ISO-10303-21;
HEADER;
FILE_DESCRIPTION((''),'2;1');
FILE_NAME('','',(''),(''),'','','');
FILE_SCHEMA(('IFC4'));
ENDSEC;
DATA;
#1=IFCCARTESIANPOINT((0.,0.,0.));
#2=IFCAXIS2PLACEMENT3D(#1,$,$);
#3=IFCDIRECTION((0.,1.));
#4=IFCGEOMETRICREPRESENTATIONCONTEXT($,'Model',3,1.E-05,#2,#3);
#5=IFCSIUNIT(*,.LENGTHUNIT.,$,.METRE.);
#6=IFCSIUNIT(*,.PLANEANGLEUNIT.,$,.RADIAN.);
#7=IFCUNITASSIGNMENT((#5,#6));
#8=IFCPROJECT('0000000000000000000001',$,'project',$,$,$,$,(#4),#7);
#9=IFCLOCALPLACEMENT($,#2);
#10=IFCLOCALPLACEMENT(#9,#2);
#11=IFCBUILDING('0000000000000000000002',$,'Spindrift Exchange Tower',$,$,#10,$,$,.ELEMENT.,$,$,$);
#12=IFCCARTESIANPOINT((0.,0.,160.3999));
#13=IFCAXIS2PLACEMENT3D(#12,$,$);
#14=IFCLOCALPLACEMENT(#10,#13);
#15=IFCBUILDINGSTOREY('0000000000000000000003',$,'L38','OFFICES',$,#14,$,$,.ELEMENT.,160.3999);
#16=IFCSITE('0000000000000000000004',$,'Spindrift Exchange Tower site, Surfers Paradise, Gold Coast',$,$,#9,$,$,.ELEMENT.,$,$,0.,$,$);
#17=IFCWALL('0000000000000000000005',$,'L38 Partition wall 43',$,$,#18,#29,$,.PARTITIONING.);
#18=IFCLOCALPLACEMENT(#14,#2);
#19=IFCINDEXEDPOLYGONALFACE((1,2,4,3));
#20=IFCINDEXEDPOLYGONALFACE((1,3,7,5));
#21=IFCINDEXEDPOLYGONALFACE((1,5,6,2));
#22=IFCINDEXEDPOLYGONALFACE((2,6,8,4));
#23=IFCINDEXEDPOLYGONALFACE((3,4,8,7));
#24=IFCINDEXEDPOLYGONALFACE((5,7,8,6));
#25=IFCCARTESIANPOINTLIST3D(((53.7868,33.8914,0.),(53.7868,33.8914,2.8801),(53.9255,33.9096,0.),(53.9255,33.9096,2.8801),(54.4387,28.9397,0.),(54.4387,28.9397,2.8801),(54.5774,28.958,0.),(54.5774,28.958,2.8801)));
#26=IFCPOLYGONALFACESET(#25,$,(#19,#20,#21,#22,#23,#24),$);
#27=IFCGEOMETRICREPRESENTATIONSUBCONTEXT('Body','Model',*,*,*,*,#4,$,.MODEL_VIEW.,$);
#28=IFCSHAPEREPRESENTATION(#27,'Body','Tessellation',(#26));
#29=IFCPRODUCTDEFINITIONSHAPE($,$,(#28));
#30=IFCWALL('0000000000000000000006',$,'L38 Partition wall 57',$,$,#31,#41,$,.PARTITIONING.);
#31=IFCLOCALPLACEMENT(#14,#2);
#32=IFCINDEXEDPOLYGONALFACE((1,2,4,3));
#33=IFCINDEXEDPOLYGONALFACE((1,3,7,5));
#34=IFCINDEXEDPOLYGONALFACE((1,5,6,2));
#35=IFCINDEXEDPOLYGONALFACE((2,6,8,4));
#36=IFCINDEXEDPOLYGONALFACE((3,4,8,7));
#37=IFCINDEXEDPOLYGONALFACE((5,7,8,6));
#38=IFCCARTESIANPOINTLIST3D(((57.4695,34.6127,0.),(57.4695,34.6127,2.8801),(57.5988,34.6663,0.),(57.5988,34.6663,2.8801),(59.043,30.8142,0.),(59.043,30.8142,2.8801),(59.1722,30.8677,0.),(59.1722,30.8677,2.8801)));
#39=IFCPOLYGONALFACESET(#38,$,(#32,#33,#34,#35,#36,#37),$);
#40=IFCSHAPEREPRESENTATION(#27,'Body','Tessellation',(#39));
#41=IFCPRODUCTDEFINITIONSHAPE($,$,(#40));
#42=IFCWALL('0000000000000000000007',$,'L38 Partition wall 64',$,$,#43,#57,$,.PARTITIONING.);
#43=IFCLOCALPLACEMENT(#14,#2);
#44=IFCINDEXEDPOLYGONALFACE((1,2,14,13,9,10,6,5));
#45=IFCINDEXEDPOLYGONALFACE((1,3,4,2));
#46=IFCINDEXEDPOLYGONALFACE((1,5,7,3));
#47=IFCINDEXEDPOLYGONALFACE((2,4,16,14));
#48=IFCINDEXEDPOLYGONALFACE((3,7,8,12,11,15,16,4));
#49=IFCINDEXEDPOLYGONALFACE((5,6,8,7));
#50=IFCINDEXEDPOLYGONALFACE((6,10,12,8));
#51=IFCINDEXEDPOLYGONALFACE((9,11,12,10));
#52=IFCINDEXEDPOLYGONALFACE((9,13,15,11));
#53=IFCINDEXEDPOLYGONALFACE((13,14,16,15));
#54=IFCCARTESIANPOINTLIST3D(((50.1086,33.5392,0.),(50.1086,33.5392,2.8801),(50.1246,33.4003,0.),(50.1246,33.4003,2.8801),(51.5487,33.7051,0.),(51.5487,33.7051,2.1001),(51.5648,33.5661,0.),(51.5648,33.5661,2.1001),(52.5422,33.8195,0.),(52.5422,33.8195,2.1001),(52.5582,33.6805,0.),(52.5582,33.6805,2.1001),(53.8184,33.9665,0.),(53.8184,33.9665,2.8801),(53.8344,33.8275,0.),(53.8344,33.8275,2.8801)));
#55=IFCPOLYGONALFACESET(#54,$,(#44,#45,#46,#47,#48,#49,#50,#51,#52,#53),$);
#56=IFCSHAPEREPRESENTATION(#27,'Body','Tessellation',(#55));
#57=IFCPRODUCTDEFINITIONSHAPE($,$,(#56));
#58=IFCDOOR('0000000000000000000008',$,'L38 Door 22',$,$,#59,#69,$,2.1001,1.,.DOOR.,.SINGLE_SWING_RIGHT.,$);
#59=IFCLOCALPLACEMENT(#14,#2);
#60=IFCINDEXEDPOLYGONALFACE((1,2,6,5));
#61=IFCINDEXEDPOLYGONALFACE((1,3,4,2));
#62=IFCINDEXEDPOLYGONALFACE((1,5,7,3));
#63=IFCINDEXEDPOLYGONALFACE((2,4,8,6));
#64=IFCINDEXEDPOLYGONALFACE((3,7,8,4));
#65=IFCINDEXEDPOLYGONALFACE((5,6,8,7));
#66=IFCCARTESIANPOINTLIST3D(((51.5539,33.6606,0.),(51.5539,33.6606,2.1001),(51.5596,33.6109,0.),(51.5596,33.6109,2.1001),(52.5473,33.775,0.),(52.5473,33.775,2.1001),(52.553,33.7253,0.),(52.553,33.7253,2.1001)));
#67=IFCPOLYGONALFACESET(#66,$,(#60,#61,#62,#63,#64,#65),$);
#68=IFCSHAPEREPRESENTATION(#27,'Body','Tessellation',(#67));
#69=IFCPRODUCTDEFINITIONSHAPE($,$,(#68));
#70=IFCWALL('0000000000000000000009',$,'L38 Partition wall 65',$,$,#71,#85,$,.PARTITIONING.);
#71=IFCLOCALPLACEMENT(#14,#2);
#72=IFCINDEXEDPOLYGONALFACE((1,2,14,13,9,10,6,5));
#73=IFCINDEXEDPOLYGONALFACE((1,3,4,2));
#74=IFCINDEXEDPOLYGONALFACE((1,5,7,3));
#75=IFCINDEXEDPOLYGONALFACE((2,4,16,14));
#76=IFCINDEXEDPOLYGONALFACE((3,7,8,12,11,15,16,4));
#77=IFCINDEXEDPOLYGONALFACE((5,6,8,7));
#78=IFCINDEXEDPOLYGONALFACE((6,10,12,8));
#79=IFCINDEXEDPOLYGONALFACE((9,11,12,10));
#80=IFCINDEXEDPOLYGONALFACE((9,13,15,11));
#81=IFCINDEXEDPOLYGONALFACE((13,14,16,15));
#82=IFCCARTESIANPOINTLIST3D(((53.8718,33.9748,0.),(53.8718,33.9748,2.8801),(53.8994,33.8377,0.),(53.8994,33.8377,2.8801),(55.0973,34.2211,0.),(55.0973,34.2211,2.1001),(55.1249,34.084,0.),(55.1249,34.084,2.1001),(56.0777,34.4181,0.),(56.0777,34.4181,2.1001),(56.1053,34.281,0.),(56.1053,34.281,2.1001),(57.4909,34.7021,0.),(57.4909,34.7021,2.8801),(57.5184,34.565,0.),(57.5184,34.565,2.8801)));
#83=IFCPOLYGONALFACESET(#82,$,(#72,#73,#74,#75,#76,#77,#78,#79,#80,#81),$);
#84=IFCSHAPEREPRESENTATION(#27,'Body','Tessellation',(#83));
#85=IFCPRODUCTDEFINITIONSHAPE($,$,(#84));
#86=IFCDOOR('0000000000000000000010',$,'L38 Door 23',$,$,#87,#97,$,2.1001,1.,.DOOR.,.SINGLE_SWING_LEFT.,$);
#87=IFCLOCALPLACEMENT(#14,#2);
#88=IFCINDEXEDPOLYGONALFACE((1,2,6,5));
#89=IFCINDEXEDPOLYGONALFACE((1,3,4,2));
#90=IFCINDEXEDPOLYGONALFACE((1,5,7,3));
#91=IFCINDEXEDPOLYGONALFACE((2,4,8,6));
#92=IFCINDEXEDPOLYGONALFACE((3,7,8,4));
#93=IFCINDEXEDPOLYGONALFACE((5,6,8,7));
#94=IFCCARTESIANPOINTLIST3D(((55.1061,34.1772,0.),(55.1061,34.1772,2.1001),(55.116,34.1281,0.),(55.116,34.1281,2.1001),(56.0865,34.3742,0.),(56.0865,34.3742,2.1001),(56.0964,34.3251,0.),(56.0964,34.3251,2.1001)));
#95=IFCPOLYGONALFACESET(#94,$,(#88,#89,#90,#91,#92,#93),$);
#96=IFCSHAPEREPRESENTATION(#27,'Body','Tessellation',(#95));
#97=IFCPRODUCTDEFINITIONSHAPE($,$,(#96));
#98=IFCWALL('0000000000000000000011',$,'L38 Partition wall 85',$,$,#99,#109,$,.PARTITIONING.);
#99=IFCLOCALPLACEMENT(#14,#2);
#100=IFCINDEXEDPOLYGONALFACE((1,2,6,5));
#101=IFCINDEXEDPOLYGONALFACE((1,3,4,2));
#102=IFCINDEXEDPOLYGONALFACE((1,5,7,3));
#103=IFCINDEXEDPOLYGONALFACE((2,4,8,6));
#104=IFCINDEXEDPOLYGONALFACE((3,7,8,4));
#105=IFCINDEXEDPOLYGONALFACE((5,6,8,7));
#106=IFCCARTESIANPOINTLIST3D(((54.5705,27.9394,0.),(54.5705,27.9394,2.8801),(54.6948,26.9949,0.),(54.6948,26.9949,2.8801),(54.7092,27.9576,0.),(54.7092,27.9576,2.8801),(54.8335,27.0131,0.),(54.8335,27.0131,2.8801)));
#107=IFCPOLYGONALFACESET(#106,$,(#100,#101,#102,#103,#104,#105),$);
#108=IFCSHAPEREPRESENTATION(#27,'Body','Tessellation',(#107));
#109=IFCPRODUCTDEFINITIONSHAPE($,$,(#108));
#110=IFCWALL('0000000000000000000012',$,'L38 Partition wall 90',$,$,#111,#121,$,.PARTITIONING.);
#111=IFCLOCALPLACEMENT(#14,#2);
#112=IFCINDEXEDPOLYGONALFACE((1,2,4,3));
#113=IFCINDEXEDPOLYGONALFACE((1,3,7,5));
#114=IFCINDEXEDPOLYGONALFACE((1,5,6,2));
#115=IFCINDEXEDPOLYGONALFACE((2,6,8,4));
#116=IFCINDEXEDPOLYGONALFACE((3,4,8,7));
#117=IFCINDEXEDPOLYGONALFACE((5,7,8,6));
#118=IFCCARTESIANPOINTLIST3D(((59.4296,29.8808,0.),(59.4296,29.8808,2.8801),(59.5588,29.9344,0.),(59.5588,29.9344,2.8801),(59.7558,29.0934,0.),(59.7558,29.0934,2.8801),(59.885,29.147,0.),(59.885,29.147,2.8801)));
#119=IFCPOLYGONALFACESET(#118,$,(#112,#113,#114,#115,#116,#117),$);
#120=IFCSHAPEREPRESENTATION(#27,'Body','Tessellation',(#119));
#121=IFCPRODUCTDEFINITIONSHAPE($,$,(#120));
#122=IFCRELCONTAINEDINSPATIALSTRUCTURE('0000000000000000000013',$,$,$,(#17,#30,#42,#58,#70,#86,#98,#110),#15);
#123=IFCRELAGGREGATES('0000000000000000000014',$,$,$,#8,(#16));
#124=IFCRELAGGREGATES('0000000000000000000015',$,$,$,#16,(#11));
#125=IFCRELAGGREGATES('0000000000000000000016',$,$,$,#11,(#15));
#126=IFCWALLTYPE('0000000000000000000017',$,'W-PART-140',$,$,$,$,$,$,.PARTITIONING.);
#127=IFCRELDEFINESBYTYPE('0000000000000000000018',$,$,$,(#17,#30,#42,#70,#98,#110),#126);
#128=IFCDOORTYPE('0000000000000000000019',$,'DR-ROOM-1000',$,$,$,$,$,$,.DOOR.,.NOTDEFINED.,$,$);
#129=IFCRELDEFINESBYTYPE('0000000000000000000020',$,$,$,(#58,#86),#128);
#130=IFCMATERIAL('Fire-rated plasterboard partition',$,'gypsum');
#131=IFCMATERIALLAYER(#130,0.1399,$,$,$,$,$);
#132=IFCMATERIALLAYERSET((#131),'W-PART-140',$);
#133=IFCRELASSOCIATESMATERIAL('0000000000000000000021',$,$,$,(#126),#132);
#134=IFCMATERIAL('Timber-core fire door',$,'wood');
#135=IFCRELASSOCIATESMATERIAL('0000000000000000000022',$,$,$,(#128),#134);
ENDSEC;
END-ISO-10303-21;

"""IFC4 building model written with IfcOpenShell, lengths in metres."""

from ifc_helpers import new_model, si_unit, direction, frame, frame_2d, origin, place, context, subcontext, project, spatial, rectangle, extrude, source, transform, mapped, material, layer, layer_set, type_object, element, fill, save


model = new_model("IFC4")

# Units and contexts
model_context = context("Model", 3, precision=1e-05, world=origin(), true_north=direction((0.0, 1.0)))
body_context = subcontext(model_context, "Body", "Model", "MODEL_VIEW")
ifc_project = project(units=[si_unit("LENGTHUNIT", "METRE"), si_unit("PLANEANGLEUNIT", "RADIAN")], contexts=[model_context])

# Site, building, storey
site_placement = place(None, origin())
site = spatial("IfcSite", under=ifc_project, at=site_placement, Name="Spindrift Exchange Tower site, Surfers Paradise, Gold Coast", CompositionType="ELEMENT", RefElevation=0.0)
building_placement = place(site_placement, origin())
building = spatial("IfcBuilding", under=site, at=building_placement, Name="Spindrift Exchange Tower", CompositionType="ELEMENT")
storey_placement = place(building_placement, frame((0.0, 0.0, 160.3999)))
storey = spatial("IfcBuildingStorey", under=building, at=storey_placement, Name="L38", Description="OFFICES", CompositionType="ELEMENT", Elevation=160.3999)

# Walls
ifc_material_1 = material(Name="Fire-rated plasterboard partition", Category="gypsum")
ifc_layer_1 = layer(ifc_material_1, 0.1399)
ifc_layer_set_1 = layer_set([ifc_layer_1], Name="W-PART-140")
wall_type = type_object("IfcWallType", Name="W-PART-140", PredefinedType="PARTITIONING", material=ifc_layer_set_1)
wall_1_placement = place(storey_placement, frame((53.8562, 33.9004, 0.0), z_axis=(0.0, 0.0, 1.0), x_axis=(0.130518, -0.991446, 0.0)))
element("IfcWall", 1, at=wall_1_placement, inside=storey, type_object=wall_type, Name="L38 Partition wall 43", PredefinedType="PARTITIONING", context=body_context, shape_type="SweptSolid", body=[
    extrude(rectangle(XDim=4.9944, YDim=0.1399, at=frame_2d((2.4971, 0.0))), origin(), (0.0, 0.0, 1.0), 2.8801),
])
wall_2_placement = place(storey_placement, frame((57.5342, 34.6394, 0.0), z_axis=(0.0, 0.0, 1.0), x_axis=(0.382696, -0.923874, 0.0)))
element("IfcWall", 2, at=wall_2_placement, inside=storey, type_object=wall_type, Name="L38 Partition wall 57", PredefinedType="PARTITIONING", context=body_context, shape_type="SweptSolid", body=[
    extrude(rectangle(XDim=4.1116, YDim=0.1399, at=frame_2d((2.0557, 0.0))), origin(), (0.0, 0.0, 1.0), 2.8801),
])

# Walls, openings, doors
wall_3_placement = place(storey_placement, frame((53.8264, 33.897, 0.0), z_axis=(0.0, 0.0, 1.0), x_axis=(-0.993434, -0.114406, 0.0)))
wall_3 = element("IfcWall", 3, at=wall_3_placement, inside=storey, type_object=wall_type, Name="L38 Partition wall 64", PredefinedType="PARTITIONING", context=body_context, shape_type="SweptSolid", body=[
    extrude(rectangle(XDim=3.7344, YDim=0.1399, at=frame_2d((1.8672, 0.0))), origin(), (0.0, 0.0, 1.0), 2.8801),
])
opening_1_placement = place(wall_3_placement, frame((1.2847, 0.0, 0.0)))
opening_1 = element("IfcOpeningElement", 4, at=opening_1_placement, cuts=wall_3, PredefinedType="OPENING", context=body_context, shape_type="SweptSolid", body=[
    extrude(rectangle(XDim=1.0, YDim=2.1001, at=frame_2d((0.5, 1.05))), frame((0.0, 0.0798, 0.0), z_axis=(0.0, -1.0, 0.0), x_axis=(1.0, 0.0, 0.0)), (0.0, 0.0, 1.0), 0.1599),
])
ifc_material_2 = material(Name="Timber-core fire door", Category="wood")
door_type = type_object("IfcDoorType", Name="DR-ROOM-1000", OperationType="NOTDEFINED", PredefinedType="DOOR", material=ifc_material_2)
shared_shape_1 = source(origin(), body_context, "Body", "SweptSolid", [
    extrude(rectangle(XDim=1.0, YDim=2.1001, at=frame_2d((0.5, 1.05))), frame((0.0, 0.0249, 0.0), z_axis=(0.0, -1.0, 0.0), x_axis=(1.0, 0.0, 0.0)), (0.0, 0.0, 1.0), 0.05),
])
door_1_placement = place(opening_1_placement, origin())
door_1 = element("IfcDoor", 5, at=door_1_placement, inside=storey, type_object=door_type, Name="L38 Door 22", OperationType="SINGLE_SWING_RIGHT", OverallHeight=2.1001, OverallWidth=1.0, PredefinedType="DOOR", context=body_context, shape_type="MappedRepresentation", body=[
    mapped(shared_shape_1, transform((0.0, 0.0, 0.0), scale=1.0)),
])
fill(opening_1, door_1)
wall_4_placement = place(storey_placement, frame((57.5046, 34.6335, 0.0), z_axis=(0.0, 0.0, 1.0), x_axis=(-0.9804, -0.197019, 0.0)))
wall_4 = element("IfcWall", 6, at=wall_4_placement, inside=storey, type_object=wall_type, Name="L38 Partition wall 65", PredefinedType="PARTITIONING", context=body_context, shape_type="SweptSolid", body=[
    extrude(rectangle(XDim=3.6914, YDim=0.1399, at=frame_2d((1.8457, 0.0))), origin(), (0.0, 0.0, 1.0), 2.8801),
])
opening_2_placement = place(wall_4_placement, frame((1.4414, 0.0, 0.0)))
opening_2 = element("IfcOpeningElement", 7, at=opening_2_placement, cuts=wall_4, PredefinedType="OPENING", context=body_context, shape_type="SweptSolid", body=[
    extrude(rectangle(XDim=1.0, YDim=2.1001, at=frame_2d((0.5, 1.05))), frame((0.0, 0.0798, 0.0), z_axis=(0.0, -1.0, 0.0), x_axis=(1.0, 0.0, 0.0)), (0.0, 0.0, 1.0), 0.1599),
])
door_2_placement = place(opening_2_placement, origin())
door_2 = element("IfcDoor", 8, at=door_2_placement, inside=storey, type_object=door_type, Name="L38 Door 23", OperationType="SINGLE_SWING_LEFT", OverallHeight=2.1001, OverallWidth=1.0, PredefinedType="DOOR", context=body_context, shape_type="MappedRepresentation", body=[
    mapped(shared_shape_1, transform((0.0, 0.0, 0.0), scale=1.0)),
])
fill(opening_2, door_2)

# Walls
wall_5_placement = place(storey_placement, frame((54.6399, 27.9485, 0.0), z_axis=(0.0, 0.0, 1.0), x_axis=(0.130435, -0.991457, 0.0)))
element("IfcWall", 9, at=wall_5_placement, inside=storey, type_object=wall_type, Name="L38 Partition wall 85", PredefinedType="PARTITIONING", context=body_context, shape_type="SweptSolid", body=[
    extrude(rectangle(XDim=0.9526, YDim=0.1399, at=frame_2d((0.4763, 0.0))), origin(), (0.0, 0.0, 1.0), 2.8801),
])
wall_6_placement = place(storey_placement, frame((59.4941, 29.9077, 0.0), z_axis=(0.0, 0.0, 1.0), x_axis=(0.382723, -0.923863, 0.0)))
element("IfcWall", 10, at=wall_6_placement, inside=storey, type_object=wall_type, Name="L38 Partition wall 90", PredefinedType="PARTITIONING", context=body_context, shape_type="SweptSolid", body=[
    extrude(rectangle(XDim=0.8523, YDim=0.1399, at=frame_2d((0.4263, 0.0))), origin(), (0.0, 0.0, 1.0), 2.8801),
])

save(model, "model.ifc")
